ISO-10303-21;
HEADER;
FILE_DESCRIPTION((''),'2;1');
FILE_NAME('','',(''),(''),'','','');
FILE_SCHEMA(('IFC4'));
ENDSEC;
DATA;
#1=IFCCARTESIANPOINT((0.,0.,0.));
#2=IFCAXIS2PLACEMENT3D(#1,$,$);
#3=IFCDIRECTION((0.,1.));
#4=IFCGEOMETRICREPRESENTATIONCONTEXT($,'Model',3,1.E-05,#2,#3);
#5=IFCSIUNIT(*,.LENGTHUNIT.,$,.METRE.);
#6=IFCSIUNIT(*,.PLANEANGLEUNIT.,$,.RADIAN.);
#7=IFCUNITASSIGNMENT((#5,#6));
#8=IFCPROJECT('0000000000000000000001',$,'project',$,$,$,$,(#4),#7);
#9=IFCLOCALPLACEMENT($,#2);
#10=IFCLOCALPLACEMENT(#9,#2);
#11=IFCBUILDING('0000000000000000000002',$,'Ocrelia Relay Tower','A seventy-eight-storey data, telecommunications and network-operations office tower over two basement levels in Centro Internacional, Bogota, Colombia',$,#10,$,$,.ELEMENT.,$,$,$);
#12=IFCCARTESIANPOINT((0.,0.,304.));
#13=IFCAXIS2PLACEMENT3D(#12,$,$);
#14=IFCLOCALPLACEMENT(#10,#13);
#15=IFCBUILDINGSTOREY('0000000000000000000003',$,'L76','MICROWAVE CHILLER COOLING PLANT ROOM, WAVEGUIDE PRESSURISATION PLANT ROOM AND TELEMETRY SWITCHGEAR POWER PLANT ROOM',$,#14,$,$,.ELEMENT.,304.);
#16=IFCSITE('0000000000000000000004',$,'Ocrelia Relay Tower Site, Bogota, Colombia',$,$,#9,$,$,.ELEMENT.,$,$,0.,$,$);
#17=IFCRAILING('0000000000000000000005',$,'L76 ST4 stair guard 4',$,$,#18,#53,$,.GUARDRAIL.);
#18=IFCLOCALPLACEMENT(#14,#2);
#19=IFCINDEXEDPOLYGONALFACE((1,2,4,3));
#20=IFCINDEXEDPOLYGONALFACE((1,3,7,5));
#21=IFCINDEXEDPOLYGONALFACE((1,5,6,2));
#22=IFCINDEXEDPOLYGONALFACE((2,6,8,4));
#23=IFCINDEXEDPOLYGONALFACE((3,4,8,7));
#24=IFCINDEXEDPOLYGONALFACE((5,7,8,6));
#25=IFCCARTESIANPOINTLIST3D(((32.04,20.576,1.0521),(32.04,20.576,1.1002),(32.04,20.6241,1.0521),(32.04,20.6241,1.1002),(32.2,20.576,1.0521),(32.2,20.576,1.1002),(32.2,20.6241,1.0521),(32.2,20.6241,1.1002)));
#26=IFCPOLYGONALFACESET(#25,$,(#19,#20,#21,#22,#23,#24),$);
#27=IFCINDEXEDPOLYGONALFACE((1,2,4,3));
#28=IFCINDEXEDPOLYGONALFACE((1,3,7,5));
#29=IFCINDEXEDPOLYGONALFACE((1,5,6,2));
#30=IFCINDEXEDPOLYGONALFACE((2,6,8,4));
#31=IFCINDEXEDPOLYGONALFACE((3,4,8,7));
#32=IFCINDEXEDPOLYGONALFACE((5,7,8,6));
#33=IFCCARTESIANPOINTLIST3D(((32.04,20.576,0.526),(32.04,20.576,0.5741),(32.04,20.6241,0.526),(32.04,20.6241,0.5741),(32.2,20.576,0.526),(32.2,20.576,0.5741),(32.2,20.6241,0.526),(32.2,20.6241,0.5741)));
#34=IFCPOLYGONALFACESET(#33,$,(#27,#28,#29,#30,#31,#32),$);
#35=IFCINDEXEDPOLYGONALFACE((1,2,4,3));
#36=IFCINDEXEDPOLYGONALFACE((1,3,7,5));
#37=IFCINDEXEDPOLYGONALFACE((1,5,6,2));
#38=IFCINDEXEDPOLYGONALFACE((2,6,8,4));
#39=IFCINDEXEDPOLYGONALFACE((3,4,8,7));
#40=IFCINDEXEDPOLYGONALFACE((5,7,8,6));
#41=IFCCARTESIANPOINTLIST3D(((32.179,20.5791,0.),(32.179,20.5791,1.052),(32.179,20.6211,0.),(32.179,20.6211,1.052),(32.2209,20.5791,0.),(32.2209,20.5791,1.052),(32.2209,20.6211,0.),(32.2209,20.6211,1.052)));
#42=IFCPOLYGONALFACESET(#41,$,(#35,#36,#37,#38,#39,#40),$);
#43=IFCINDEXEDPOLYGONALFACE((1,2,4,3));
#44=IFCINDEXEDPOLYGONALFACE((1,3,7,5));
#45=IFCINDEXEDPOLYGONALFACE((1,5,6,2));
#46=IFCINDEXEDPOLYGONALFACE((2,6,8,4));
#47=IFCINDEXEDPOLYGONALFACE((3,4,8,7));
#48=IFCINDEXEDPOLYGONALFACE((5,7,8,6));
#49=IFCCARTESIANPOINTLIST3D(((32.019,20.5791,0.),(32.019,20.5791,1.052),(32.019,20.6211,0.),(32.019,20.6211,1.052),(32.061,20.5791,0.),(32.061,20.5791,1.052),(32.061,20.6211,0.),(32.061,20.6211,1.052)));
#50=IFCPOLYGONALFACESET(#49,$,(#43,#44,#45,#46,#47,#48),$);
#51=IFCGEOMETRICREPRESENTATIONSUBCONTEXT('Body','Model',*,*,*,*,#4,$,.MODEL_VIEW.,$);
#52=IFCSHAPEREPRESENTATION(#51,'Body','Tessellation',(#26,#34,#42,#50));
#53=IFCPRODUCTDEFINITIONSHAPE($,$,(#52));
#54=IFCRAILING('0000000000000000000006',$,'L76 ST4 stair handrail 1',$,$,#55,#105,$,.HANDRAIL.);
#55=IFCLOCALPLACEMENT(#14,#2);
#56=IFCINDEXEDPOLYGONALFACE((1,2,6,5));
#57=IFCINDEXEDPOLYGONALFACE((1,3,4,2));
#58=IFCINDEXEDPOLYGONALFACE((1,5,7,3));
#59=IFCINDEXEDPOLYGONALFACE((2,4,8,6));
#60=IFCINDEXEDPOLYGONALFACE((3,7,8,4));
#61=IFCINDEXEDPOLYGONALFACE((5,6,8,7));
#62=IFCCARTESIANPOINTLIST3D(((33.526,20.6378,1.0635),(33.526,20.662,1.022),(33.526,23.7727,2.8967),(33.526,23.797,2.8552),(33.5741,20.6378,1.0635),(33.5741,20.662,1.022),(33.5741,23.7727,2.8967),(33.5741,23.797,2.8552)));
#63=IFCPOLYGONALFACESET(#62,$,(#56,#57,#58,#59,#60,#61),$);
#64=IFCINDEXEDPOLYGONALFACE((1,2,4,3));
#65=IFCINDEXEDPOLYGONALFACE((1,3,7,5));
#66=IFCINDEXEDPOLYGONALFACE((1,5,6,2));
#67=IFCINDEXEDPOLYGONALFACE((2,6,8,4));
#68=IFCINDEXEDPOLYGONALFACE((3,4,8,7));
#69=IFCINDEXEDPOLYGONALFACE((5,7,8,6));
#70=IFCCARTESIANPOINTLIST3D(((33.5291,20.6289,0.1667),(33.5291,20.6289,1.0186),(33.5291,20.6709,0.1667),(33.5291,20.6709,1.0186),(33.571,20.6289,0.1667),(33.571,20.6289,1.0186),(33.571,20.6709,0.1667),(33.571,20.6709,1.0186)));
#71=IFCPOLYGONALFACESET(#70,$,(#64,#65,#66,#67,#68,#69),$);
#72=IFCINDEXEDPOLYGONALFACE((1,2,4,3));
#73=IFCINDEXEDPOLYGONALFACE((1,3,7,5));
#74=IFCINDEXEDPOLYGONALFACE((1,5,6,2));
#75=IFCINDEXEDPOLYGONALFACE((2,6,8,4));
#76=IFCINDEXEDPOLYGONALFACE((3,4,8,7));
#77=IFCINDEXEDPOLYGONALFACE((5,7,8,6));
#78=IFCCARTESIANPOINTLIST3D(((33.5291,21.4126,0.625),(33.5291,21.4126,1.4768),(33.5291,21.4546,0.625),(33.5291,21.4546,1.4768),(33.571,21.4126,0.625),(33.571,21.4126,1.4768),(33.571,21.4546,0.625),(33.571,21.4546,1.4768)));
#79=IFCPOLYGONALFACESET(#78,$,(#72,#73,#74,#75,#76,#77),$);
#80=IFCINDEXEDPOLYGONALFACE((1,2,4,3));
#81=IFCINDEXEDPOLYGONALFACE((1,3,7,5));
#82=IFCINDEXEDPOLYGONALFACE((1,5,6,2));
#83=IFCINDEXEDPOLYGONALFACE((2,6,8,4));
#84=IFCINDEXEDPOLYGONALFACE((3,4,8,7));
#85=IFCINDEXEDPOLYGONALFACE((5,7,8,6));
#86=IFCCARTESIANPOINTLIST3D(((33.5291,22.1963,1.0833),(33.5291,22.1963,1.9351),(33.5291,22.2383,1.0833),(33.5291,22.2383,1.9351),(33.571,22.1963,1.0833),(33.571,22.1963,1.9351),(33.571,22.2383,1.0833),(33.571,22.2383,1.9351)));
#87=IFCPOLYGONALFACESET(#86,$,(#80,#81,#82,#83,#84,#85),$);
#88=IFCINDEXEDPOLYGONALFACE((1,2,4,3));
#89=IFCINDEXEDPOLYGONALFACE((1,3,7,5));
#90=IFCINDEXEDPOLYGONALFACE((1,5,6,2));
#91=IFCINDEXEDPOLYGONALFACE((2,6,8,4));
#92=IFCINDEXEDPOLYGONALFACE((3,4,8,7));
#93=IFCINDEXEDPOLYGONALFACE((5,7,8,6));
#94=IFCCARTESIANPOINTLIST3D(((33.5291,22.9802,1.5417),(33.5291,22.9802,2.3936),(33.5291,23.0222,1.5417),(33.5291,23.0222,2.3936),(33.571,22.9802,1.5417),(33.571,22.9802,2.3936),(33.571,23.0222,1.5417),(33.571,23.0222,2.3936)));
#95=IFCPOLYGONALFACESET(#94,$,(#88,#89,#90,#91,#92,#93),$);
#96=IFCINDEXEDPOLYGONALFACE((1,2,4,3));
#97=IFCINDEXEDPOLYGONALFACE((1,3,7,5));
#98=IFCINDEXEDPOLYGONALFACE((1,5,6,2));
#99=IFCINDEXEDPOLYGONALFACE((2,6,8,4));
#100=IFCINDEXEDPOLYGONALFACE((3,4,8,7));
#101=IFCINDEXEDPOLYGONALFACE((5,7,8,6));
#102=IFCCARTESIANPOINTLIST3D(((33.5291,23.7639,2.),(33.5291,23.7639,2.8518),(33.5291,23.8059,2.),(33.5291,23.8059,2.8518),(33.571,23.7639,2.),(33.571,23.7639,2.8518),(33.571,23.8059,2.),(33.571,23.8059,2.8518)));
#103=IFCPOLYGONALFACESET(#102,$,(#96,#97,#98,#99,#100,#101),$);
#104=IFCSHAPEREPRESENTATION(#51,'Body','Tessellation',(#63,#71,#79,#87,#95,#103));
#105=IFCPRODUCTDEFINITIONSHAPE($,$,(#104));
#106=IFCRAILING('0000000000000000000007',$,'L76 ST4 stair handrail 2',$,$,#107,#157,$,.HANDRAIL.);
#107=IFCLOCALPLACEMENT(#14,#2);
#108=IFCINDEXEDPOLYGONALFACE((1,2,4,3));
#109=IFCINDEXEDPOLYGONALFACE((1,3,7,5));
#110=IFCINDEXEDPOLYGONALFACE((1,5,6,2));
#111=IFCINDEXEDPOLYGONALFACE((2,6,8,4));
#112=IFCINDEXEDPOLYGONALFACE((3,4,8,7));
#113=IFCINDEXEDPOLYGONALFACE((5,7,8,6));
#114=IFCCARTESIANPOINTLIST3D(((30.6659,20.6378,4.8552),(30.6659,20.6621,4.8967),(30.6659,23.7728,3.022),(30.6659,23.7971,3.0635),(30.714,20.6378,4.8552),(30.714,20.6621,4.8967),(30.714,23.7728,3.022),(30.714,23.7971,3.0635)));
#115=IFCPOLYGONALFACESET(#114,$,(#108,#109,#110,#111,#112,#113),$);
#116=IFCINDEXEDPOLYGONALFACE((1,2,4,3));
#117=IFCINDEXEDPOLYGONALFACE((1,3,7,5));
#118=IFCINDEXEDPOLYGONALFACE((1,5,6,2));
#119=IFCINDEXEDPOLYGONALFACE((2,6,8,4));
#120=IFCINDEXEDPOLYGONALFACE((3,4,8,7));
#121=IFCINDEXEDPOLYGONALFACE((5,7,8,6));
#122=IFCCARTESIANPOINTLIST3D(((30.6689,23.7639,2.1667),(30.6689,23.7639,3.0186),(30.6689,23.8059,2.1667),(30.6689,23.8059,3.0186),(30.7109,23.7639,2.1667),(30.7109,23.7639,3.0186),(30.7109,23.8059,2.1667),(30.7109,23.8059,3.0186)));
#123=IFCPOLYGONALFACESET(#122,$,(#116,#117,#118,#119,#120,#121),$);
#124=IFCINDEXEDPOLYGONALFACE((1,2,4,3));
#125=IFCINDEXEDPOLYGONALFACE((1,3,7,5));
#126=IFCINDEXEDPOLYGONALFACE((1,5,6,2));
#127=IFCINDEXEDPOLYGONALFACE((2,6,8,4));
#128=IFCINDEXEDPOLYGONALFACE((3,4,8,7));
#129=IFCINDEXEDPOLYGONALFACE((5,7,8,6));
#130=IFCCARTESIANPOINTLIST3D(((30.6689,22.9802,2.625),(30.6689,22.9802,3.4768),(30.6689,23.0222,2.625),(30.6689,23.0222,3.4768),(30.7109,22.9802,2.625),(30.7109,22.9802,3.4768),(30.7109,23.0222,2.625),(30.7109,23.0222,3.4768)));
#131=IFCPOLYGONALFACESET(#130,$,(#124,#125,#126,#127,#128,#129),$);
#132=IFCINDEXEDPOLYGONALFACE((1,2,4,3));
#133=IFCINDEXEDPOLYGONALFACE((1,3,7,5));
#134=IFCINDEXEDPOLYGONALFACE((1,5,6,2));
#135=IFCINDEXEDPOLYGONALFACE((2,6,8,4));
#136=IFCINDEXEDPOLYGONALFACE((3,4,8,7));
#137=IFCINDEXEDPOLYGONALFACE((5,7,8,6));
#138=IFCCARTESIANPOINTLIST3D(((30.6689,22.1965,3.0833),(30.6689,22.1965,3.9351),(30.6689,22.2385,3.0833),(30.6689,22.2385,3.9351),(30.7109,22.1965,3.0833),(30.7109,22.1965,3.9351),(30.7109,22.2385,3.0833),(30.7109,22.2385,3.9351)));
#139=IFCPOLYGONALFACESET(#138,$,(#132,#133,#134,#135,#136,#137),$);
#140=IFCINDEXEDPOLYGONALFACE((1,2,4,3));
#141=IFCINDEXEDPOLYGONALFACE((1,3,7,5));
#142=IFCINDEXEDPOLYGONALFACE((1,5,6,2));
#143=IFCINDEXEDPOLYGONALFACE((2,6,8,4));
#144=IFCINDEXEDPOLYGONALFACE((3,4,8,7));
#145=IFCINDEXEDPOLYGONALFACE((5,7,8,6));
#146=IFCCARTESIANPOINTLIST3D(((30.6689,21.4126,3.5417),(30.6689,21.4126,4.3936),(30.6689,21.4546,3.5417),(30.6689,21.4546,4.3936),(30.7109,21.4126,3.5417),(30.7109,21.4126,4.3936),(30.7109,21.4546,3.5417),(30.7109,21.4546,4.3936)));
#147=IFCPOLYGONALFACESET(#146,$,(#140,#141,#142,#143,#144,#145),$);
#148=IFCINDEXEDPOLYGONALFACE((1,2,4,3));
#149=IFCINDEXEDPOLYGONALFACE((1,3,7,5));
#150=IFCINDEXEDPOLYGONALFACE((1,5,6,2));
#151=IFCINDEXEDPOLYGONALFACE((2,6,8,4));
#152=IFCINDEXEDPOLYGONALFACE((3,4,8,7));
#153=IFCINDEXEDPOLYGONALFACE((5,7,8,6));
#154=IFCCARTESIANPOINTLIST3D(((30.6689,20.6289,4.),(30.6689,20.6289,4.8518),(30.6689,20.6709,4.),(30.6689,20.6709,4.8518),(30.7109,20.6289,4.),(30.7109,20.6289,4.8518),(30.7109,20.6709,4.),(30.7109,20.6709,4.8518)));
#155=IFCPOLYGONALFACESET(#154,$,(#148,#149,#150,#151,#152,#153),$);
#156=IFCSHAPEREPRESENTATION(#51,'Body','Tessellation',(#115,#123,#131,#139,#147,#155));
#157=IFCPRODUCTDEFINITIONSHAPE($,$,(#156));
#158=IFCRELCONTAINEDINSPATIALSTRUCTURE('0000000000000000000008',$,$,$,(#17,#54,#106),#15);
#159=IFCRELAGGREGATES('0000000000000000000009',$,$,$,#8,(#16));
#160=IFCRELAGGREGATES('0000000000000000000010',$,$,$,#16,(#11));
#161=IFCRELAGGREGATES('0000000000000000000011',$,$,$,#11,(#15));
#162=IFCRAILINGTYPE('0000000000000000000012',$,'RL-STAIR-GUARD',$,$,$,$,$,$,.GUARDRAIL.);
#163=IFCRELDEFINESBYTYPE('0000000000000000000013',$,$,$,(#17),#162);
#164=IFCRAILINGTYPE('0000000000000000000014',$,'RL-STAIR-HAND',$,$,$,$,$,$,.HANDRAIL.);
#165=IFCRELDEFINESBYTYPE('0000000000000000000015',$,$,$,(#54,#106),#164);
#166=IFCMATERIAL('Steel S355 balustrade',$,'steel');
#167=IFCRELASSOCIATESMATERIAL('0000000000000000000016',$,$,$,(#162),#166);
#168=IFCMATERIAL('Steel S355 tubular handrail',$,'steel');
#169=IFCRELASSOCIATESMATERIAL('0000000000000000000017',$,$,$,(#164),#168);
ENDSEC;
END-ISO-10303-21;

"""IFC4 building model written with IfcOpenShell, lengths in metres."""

from ifc_helpers import new_model, si_unit, direction, frame, origin, origin_2d, place, context, subcontext, project, spatial, rectangle, extrude, material, type_object, element, save


model = new_model("IFC4")

# Units and contexts
model_context = context("Model", 3, precision=1e-05, world=origin(), true_north=direction((0.0, 1.0)))
body_context = subcontext(model_context, "Body", "Model", "MODEL_VIEW")
ifc_project = project(units=[si_unit("LENGTHUNIT", "METRE"), si_unit("PLANEANGLEUNIT", "RADIAN")], contexts=[model_context])

# Site, building, storey
site_placement = place(None, origin())
site = spatial("IfcSite", under=ifc_project, at=site_placement, Name="Ocrelia Relay Tower Site, Bogota, Colombia", CompositionType="ELEMENT", RefElevation=0.0)
building_placement = place(site_placement, origin())
building = spatial("IfcBuilding", under=site, at=building_placement, Name="Ocrelia Relay Tower", Description="A seventy-eight-storey data, telecommunications and network-operations office tower over two basement levels in Centro Internacional, Bogota, Colombia", CompositionType="ELEMENT")
storey_placement = place(building_placement, frame((0.0, 0.0, 304.0)))
storey = spatial("IfcBuildingStorey", under=building, at=storey_placement, Name="L76", Description="MICROWAVE CHILLER COOLING PLANT ROOM, WAVEGUIDE PRESSURISATION PLANT ROOM AND TELEMETRY SWITCHGEAR POWER PLANT ROOM", CompositionType="ELEMENT", Elevation=304.0)

# Railings
ifc_material_1 = material(Name="Steel S355 balustrade", Category="steel")
railing_type_1 = type_object("IfcRailingType", Name="RL-STAIR-GUARD", PredefinedType="GUARDRAIL", material=ifc_material_1)
railing_1_placement = place(storey_placement, frame((32.2, 20.6001, 0.0)))
element("IfcRailing", 1, at=railing_1_placement, inside=storey, type_object=railing_type_1, Name="L76 ST4 stair guard 4", PredefinedType="GUARDRAIL", context=body_context, shape_type="SweptSolid", body=[
    extrude(rectangle(XDim=0.0481, YDim=0.0481, at=origin_2d()), frame((0.0, 0.0, 1.0762), z_axis=(-1.0, 0.0, 0.0), x_axis=(0.0, -1.0, 0.0)), (0.0, 0.0, 1.0), 0.1599),
    extrude(rectangle(XDim=0.0481, YDim=0.0481, at=origin_2d()), frame((0.0, 0.0, 0.55), z_axis=(-1.0, 0.0, 0.0), x_axis=(0.0, -1.0, 0.0)), (0.0, 0.0, 1.0), 0.1599),
    extrude(rectangle(XDim=0.042, YDim=0.042, at=origin_2d()), origin(), (0.0, 0.0, 1.0), 1.052),
    extrude(rectangle(XDim=0.042, YDim=0.042, at=origin_2d()), frame((-0.1599, 0.0, 0.0)), (0.0, 0.0, 1.0), 1.052),
])
ifc_material_2 = material(Name="Steel S355 tubular handrail", Category="steel")
railing_type_2 = type_object("IfcRailingType", Name="RL-STAIR-HAND", PredefinedType="HANDRAIL", material=ifc_material_2)
railing_2_placement = place(storey_placement, frame((33.55, 20.6499, 0.1667)))
element("IfcRailing", 2, at=railing_2_placement, inside=storey, type_object=railing_type_2, Name="L76 ST4 stair handrail 1", PredefinedType="HANDRAIL", context=body_context, shape_type="SweptSolid", body=[
    extrude(rectangle(XDim=0.0481, YDim=0.0481, at=origin_2d()), frame((0.0, 0.0, 0.876), z_axis=(0.0, 0.86324, 0.504794), x_axis=(-1.0, 0.0, 0.0)), (0.0, 0.0, 1.0), 3.6316),
    extrude(rectangle(XDim=0.042, YDim=0.042, at=origin_2d()), origin(), (0.0, 0.0, 1.0), 0.8518),
    extrude(rectangle(XDim=0.042, YDim=0.042, at=origin_2d()), frame((0.0, 0.7837, 0.4583)), (0.0, 0.0, 1.0), 0.8518),
    extrude(rectangle(XDim=0.042, YDim=0.042, at=origin_2d()), frame((0.0, 1.5674, 0.9165)), (0.0, 0.0, 1.0), 0.8518),
    extrude(rectangle(XDim=0.042, YDim=0.042, at=origin_2d()), frame((0.0, 2.3513, 1.375)), (0.0, 0.0, 1.0), 0.8518),
    extrude(rectangle(XDim=0.042, YDim=0.042, at=origin_2d()), frame((0.0, 3.135, 1.8333)), (0.0, 0.0, 1.0), 0.8518),
])
railing_3_placement = place(storey_placement, frame((30.6899, 23.7849, 2.1667)))
element("IfcRailing", 3, at=railing_3_placement, inside=storey, type_object=railing_type_2, Name="L76 ST4 stair handrail 2", PredefinedType="HANDRAIL", context=body_context, shape_type="SweptSolid", body=[
    extrude(rectangle(XDim=0.0481, YDim=0.0481, at=origin_2d()), frame((0.0, 0.0, 0.876), z_axis=(0.0, -0.86324, 0.504794), x_axis=(1.0, 0.0, 0.0)), (0.0, 0.0, 1.0), 3.6316),
    extrude(rectangle(XDim=0.042, YDim=0.042, at=origin_2d()), origin(), (0.0, 0.0, 1.0), 0.8518),
    extrude(rectangle(XDim=0.042, YDim=0.042, at=origin_2d()), frame((0.0, -0.7837, 0.4583)), (0.0, 0.0, 1.0), 0.8518),
    extrude(rectangle(XDim=0.042, YDim=0.042, at=origin_2d()), frame((0.0, -1.5674, 0.9165)), (0.0, 0.0, 1.0), 0.8518),
    extrude(rectangle(XDim=0.042, YDim=0.042, at=origin_2d()), frame((0.0, -2.3513, 1.375)), (0.0, 0.0, 1.0), 0.8518),
    extrude(rectangle(XDim=0.042, YDim=0.042, at=origin_2d()), frame((0.0, -3.135, 1.8333)), (0.0, 0.0, 1.0), 0.8518),
])

save(model, "model.ifc")
